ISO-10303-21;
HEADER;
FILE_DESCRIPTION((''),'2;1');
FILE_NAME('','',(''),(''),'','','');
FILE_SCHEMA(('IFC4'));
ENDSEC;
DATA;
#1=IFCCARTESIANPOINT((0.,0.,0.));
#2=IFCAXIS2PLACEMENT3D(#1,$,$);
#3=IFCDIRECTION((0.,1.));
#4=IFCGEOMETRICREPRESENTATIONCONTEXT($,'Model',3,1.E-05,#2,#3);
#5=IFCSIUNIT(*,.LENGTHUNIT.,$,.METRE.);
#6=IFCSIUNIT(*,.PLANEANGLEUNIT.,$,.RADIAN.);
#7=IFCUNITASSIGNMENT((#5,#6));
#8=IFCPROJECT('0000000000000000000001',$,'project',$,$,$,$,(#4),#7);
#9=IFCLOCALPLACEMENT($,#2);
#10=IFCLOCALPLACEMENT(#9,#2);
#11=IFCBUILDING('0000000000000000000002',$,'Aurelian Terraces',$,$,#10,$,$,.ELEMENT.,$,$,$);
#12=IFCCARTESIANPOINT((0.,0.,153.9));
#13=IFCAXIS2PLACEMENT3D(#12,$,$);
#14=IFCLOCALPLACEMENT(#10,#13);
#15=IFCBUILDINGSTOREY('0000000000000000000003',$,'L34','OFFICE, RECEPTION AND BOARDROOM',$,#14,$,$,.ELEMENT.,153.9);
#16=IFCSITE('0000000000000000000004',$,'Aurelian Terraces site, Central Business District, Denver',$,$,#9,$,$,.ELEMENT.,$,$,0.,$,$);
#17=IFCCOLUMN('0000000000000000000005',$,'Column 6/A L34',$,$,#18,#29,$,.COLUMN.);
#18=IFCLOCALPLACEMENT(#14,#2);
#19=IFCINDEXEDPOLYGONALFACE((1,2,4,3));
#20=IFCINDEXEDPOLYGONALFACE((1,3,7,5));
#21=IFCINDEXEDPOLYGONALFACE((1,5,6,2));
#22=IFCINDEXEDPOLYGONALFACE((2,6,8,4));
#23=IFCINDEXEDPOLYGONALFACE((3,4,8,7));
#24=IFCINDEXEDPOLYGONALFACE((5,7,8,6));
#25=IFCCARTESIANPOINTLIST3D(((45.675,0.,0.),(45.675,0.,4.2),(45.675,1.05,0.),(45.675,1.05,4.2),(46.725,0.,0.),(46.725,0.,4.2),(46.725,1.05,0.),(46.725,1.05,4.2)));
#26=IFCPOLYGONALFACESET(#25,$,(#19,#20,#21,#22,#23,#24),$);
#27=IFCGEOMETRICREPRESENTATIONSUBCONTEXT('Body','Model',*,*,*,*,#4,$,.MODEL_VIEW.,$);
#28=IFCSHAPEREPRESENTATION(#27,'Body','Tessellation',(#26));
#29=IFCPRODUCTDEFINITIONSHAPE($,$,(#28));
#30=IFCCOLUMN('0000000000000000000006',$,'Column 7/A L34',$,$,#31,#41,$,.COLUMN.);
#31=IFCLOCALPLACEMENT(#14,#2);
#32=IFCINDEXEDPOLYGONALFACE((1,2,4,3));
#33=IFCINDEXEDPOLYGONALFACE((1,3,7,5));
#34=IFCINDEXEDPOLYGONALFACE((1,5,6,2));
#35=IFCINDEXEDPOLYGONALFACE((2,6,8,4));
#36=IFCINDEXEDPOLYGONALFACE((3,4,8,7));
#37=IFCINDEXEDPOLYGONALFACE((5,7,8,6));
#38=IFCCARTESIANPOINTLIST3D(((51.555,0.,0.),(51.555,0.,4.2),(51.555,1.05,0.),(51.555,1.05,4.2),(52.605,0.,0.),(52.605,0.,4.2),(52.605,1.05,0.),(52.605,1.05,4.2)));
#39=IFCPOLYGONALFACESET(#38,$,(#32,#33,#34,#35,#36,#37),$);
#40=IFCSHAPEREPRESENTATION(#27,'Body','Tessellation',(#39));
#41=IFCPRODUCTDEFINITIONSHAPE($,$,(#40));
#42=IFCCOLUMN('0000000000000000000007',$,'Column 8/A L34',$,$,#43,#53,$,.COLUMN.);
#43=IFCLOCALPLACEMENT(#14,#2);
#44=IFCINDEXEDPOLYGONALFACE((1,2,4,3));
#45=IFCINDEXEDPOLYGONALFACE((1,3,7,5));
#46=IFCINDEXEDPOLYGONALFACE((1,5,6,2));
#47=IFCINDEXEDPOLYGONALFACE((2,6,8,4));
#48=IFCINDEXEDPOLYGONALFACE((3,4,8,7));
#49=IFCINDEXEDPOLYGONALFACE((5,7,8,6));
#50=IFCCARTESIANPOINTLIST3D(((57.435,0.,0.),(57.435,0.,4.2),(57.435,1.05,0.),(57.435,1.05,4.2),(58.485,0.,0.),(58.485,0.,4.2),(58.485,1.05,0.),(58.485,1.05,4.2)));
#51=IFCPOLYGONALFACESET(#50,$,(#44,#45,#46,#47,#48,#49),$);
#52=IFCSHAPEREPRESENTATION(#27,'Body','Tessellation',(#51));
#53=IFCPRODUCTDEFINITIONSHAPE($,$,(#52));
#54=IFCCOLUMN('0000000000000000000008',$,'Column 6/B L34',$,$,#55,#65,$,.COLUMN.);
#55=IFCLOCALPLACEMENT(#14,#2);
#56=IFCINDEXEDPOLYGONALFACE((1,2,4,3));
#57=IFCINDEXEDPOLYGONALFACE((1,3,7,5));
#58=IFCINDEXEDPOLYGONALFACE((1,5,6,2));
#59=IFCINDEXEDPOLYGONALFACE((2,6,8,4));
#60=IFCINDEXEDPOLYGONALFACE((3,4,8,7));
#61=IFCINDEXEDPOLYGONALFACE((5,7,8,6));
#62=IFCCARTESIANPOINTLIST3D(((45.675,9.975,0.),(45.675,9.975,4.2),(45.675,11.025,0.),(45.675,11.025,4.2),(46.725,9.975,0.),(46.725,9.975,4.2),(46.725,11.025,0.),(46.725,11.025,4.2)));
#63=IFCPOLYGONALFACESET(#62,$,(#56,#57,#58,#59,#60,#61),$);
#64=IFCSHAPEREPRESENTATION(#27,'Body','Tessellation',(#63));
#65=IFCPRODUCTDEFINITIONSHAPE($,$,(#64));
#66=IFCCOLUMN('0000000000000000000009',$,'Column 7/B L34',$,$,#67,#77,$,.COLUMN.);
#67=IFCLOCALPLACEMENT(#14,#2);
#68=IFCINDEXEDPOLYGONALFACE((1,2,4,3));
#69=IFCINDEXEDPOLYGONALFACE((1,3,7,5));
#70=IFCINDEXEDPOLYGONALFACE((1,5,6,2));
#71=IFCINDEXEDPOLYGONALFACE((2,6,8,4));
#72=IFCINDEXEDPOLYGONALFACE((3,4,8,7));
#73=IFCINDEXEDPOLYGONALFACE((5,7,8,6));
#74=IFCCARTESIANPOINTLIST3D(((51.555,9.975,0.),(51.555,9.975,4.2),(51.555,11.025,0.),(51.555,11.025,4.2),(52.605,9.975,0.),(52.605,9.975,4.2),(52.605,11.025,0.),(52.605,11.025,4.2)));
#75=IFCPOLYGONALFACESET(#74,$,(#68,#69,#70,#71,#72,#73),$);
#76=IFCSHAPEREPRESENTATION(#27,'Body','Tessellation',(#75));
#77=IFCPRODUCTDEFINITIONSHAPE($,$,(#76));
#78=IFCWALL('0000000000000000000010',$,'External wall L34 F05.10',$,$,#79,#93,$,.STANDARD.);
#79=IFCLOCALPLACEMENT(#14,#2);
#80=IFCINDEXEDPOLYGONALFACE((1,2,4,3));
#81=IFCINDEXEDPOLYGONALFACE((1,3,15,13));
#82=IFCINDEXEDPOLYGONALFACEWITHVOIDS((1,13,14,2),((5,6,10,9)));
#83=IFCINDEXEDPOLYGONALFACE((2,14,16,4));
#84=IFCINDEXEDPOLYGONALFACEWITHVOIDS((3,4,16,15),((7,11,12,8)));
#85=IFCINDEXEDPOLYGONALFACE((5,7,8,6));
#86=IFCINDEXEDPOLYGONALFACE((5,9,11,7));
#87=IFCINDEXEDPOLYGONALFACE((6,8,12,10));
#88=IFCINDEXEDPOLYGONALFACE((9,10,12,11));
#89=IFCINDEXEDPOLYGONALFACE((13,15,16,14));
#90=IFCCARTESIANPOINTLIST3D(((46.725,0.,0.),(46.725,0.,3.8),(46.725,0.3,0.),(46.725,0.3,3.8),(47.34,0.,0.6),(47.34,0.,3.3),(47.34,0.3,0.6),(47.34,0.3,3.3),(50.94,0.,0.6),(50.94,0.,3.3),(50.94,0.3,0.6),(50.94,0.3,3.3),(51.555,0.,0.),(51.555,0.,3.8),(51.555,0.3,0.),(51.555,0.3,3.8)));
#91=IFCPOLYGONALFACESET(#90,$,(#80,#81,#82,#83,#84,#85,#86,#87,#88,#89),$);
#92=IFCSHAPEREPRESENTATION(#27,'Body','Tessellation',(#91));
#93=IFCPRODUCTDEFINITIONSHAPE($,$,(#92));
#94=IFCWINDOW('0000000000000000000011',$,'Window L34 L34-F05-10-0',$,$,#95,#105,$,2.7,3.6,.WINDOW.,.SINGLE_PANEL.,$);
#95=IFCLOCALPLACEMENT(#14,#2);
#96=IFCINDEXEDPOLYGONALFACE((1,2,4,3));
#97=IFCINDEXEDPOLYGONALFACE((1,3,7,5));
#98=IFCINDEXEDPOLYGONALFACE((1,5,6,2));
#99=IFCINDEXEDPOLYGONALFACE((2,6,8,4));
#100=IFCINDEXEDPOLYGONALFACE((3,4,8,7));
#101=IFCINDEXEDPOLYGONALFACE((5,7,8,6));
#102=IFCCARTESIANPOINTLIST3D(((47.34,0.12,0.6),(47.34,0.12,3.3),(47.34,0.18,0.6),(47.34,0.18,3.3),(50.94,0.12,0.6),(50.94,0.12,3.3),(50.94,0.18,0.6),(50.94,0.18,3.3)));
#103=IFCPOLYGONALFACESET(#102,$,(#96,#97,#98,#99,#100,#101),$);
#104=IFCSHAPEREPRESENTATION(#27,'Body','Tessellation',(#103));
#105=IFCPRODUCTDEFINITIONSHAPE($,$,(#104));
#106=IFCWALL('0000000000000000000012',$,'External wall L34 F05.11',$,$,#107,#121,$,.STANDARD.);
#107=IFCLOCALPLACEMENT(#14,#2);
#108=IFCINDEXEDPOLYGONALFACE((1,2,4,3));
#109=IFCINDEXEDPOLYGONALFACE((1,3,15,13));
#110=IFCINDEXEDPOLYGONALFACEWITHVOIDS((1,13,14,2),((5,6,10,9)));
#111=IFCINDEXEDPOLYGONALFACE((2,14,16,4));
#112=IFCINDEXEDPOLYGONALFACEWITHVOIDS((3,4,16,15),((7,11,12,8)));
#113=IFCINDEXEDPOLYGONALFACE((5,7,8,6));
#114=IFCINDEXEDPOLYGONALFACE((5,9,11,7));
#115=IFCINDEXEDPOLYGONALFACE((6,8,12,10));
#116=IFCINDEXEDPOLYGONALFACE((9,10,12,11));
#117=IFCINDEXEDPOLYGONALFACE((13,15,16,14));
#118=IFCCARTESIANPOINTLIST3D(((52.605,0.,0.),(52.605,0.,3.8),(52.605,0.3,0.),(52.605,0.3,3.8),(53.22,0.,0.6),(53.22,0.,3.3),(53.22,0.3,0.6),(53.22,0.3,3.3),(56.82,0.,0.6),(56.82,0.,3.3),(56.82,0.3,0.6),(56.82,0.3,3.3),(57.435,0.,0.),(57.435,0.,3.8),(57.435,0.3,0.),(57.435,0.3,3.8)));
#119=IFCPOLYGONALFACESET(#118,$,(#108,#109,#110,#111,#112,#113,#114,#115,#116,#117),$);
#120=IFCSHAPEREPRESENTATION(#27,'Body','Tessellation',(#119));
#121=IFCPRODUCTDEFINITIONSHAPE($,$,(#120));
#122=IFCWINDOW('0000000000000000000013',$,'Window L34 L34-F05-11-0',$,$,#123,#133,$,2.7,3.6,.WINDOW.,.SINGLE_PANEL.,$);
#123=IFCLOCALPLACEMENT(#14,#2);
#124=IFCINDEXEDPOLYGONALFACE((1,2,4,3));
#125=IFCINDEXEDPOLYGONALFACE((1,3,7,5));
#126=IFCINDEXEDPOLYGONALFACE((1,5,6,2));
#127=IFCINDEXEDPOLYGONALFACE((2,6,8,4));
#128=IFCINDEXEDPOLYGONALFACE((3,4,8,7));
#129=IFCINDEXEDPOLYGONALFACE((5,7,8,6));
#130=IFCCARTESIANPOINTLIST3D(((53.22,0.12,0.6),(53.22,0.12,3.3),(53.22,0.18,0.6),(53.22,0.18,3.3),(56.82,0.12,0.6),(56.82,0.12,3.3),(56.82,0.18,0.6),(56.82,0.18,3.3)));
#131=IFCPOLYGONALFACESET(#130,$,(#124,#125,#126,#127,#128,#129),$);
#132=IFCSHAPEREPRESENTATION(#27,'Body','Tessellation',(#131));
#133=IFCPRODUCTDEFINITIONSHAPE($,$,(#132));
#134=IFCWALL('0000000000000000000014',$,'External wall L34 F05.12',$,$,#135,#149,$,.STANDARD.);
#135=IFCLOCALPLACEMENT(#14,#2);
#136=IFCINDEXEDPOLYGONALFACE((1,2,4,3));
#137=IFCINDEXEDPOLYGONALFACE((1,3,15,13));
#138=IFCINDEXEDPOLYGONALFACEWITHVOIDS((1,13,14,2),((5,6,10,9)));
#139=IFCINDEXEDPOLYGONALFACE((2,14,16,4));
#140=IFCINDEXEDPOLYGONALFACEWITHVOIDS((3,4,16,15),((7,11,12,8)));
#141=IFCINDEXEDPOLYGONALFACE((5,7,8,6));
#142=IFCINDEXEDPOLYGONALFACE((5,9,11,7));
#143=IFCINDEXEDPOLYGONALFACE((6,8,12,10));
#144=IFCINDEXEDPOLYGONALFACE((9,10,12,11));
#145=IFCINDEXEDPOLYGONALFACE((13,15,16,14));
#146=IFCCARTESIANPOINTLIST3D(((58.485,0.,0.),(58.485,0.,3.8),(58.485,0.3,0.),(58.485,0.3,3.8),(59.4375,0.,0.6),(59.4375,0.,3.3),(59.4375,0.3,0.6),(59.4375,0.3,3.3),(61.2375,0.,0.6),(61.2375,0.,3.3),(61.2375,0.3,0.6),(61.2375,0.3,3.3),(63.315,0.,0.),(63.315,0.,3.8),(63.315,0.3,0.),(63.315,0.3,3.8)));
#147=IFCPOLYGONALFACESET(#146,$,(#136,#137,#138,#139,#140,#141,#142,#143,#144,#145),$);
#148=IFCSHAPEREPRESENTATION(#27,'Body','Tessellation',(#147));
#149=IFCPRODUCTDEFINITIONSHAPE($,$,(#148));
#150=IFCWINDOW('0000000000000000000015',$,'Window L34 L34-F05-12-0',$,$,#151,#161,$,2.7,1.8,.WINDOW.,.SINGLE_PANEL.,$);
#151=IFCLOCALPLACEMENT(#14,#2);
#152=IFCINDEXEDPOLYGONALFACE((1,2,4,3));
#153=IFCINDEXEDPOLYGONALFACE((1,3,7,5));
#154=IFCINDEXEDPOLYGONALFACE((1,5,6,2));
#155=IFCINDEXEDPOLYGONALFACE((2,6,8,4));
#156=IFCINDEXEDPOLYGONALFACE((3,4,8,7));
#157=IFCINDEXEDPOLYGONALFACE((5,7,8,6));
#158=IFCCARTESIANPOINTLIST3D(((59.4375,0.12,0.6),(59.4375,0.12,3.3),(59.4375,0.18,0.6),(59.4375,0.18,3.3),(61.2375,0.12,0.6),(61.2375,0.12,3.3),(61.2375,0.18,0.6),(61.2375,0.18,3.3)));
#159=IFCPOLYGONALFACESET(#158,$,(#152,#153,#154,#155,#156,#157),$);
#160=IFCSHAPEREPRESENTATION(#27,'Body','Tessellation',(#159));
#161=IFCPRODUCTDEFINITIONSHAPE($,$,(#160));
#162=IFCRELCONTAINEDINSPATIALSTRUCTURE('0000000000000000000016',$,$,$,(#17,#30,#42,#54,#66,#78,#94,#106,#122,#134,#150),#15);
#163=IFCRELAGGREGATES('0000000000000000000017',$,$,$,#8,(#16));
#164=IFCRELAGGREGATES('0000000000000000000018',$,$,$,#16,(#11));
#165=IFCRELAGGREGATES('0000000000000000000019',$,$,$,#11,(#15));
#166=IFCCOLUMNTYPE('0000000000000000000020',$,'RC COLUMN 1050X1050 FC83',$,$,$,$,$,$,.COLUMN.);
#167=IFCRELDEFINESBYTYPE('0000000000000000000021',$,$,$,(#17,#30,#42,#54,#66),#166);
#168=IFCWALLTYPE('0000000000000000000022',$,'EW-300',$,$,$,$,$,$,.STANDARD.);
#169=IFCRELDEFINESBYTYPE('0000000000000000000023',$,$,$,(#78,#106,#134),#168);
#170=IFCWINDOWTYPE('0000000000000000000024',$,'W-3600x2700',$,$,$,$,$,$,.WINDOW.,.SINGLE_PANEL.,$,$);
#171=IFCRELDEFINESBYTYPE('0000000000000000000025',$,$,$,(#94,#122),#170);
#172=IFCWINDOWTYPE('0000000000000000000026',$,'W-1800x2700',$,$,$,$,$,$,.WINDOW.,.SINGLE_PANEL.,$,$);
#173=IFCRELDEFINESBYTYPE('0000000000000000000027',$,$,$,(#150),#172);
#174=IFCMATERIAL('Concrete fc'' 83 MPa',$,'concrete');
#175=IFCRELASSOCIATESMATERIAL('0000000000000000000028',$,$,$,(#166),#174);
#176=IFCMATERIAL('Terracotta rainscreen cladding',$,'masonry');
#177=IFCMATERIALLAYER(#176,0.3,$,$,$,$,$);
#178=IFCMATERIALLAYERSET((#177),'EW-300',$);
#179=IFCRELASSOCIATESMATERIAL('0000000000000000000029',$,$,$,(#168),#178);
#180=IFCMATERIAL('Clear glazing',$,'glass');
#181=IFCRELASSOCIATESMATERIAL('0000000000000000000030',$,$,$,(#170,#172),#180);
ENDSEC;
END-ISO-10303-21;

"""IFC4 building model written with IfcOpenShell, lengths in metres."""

from ifc_helpers import new_model, si_unit, direction, frame, frame_2d, origin, origin_2d, place, context, subcontext, project, spatial, rectangle, extrude, source, transform, mapped, material, layer, layer_set, material_profile, profile_set, type_object, element, fill, save


model = new_model("IFC4")

# Units and contexts
model_context = context("Model", 3, precision=1e-05, world=origin(), true_north=direction((0.0, 1.0)))
body_context = subcontext(model_context, "Body", "Model", "MODEL_VIEW")
ifc_project = project(units=[si_unit("LENGTHUNIT", "METRE"), si_unit("PLANEANGLEUNIT", "RADIAN")], contexts=[model_context])

# Site, building, storey
site_placement = place(None, origin())
site = spatial("IfcSite", under=ifc_project, at=site_placement, Name="Aurelian Terraces site, Central Business District, Denver", CompositionType="ELEMENT", RefElevation=0.0)
building_placement = place(site_placement, origin())
building = spatial("IfcBuilding", under=site, at=building_placement, Name="Aurelian Terraces", CompositionType="ELEMENT")
storey_placement = place(building_placement, frame((0.0, 0.0, 153.9)))
storey = spatial("IfcBuildingStorey", under=building, at=storey_placement, Name="L34", Description="OFFICE, RECEPTION AND BOARDROOM", CompositionType="ELEMENT", Elevation=153.9)

# Columns
ifc_material_1 = material(Name="Concrete fc' 83 MPa", Category="concrete")
ifc_material_profile = material_profile(ifc_material_1, rectangle(XDim=1.05, YDim=1.05, at=origin_2d()))
ifc_profile_set = profile_set([ifc_material_profile], Name="Concrete fc' 83 MPa")
column_type = type_object("IfcColumnType", Name="RC COLUMN 1050X1050 FC83", PredefinedType="COLUMN", material=ifc_profile_set)
shared_shape_1 = source(origin(), body_context, "Body", "SweptSolid", [
    extrude(rectangle(XDim=1.05, YDim=1.05, at=origin_2d()), origin(), (0.0, 0.0, 1.0), 4.2),
])
for number, where, z_axis, x_axis, name in (
    (1, (46.2, 0.525, 0.0), (0.0, 0.0, 1.0), (1.0, 0.0, 0.0), "Column 6/A L34"),
    (2, (52.08, 0.525, 0.0), (0.0, 0.0, 1.0), (1.0, 0.0, 0.0), "Column 7/A L34"),
    (3, (57.96, 0.525, 0.0), (0.0, 0.0, 1.0), (1.0, 0.0, 0.0), "Column 8/A L34"),
    (4, (46.2, 10.5, 0.0), (0.0, 0.0, 1.0), (1.0, 0.0, 0.0), "Column 6/B L34"),
    (5, (52.08, 10.5, 0.0), (0.0, 0.0, 1.0), (1.0, 0.0, 0.0), "Column 7/B L34"),
):
    element("IfcColumn", number, at=place(storey_placement, frame(where, z_axis=z_axis, x_axis=x_axis)), inside=storey, type_object=column_type, Name=name, PredefinedType="COLUMN", context=body_context, shape_type="MappedRepresentation", body=[
        mapped(shared_shape_1, transform((0.0, 0.0, 0.0), scale=1.0)),
    ])

# Walls, openings, windows
ifc_material_2 = material(Name="Terracotta rainscreen cladding", Category="masonry")
ifc_layer_1 = layer(ifc_material_2, 0.3)
ifc_layer_set_1 = layer_set([ifc_layer_1], Name="EW-300")
wall_type_1 = type_object("IfcWallType", Name="EW-300", PredefinedType="STANDARD", material=ifc_layer_set_1)
shared_shape_2 = source(origin(), body_context, "Body", "SweptSolid", [
    extrude(rectangle(XDim=4.83, YDim=0.3, at=frame_2d((2.415, 0.0))), origin(), (0.0, 0.0, 1.0), 3.8),
])
wall_1_placement = place(storey_placement, frame((46.725, 0.15, 0.0), z_axis=(0.0, 0.0, 1.0), x_axis=(1.0, 0.0, 0.0)))
wall_1 = element("IfcWall", 6, at=wall_1_placement, inside=storey, type_object=wall_type_1, Name="External wall L34 F05.10", PredefinedType="STANDARD", context=body_context, shape_type="MappedRepresentation", body=[
    mapped(shared_shape_2, transform((0.0, 0.0, 0.0), scale=1.0)),
])
shared_shape_3 = source(origin(), body_context, "Body", "SweptSolid", [
    extrude(rectangle(XDim=3.6, YDim=2.7, at=frame_2d((1.8, 1.35))), frame((0.0, 0.16, 0.0), z_axis=(0.0, -1.0, 0.0), x_axis=(1.0, 0.0, 0.0)), (0.0, 0.0, 1.0), 0.32),
])
opening_1_placement = place(wall_1_placement, frame((0.615, 0.0, 0.6)))
opening_1 = element("IfcOpeningElement", 7, at=opening_1_placement, cuts=wall_1, PredefinedType="OPENING", context=body_context, shape_type="MappedRepresentation", body=[
    mapped(shared_shape_3, transform((0.0, 0.0, 0.0), scale=1.0)),
])
ifc_material_3 = material(Name="Clear glazing", Category="glass")
window_type_1 = type_object("IfcWindowType", Name="W-3600x2700", PartitioningType="SINGLE_PANEL", PredefinedType="WINDOW", material=ifc_material_3)
shared_shape_4 = source(origin(), body_context, "Body", "SweptSolid", [
    extrude(rectangle(XDim=3.6, YDim=2.7, at=frame_2d((1.8, 1.35))), frame((0.0, 0.03, 0.0), z_axis=(0.0, -1.0, 0.0), x_axis=(1.0, 0.0, 0.0)), (0.0, 0.0, 1.0), 0.06),
])
window_1_placement = place(opening_1_placement, origin())
window_1 = element("IfcWindow", 8, at=window_1_placement, inside=storey, type_object=window_type_1, Name="Window L34 L34-F05-10-0", OverallHeight=2.7, OverallWidth=3.6, PartitioningType="SINGLE_PANEL", PredefinedType="WINDOW", context=body_context, shape_type="MappedRepresentation", body=[
    mapped(shared_shape_4, transform((0.0, 0.0, 0.0), scale=1.0)),
])
fill(opening_1, window_1)
wall_2_placement = place(storey_placement, frame((52.605, 0.15, 0.0), z_axis=(0.0, 0.0, 1.0), x_axis=(1.0, 0.0, 0.0)))
wall_2 = element("IfcWall", 9, at=wall_2_placement, inside=storey, type_object=wall_type_1, Name="External wall L34 F05.11", PredefinedType="STANDARD", context=body_context, shape_type="MappedRepresentation", body=[
    mapped(shared_shape_2, transform((0.0, 0.0, 0.0), scale=1.0)),
])
opening_2_placement = place(wall_2_placement, frame((0.615, 0.0, 0.6)))
opening_2 = element("IfcOpeningElement", 10, at=opening_2_placement, cuts=wall_2, PredefinedType="OPENING", context=body_context, shape_type="MappedRepresentation", body=[
    mapped(shared_shape_3, transform((0.0, 0.0, 0.0), scale=1.0)),
])
window_2_placement = place(opening_2_placement, origin())
window_2 = element("IfcWindow", 11, at=window_2_placement, inside=storey, type_object=window_type_1, Name="Window L34 L34-F05-11-0", OverallHeight=2.7, OverallWidth=3.6, PartitioningType="SINGLE_PANEL", PredefinedType="WINDOW", context=body_context, shape_type="MappedRepresentation", body=[
    mapped(shared_shape_4, transform((0.0, 0.0, 0.0), scale=1.0)),
])
fill(opening_2, window_2)
wall_3_placement = place(storey_placement, frame((58.485, 0.15, 0.0), z_axis=(0.0, 0.0, 1.0), x_axis=(1.0, 0.0, 0.0)))
wall_3 = element("IfcWall", 12, at=wall_3_placement, inside=storey, type_object=wall_type_1, Name="External wall L34 F05.12", PredefinedType="STANDARD", context=body_context, shape_type="MappedRepresentation", body=[
    mapped(shared_shape_2, transform((0.0, 0.0, 0.0), scale=1.0)),
])
shared_shape_5 = source(origin(), body_context, "Body", "SweptSolid", [
    extrude(rectangle(XDim=1.8, YDim=2.7, at=frame_2d((0.9, 1.35))), frame((0.0, 0.16, 0.0), z_axis=(0.0, -1.0, 0.0), x_axis=(1.0, 0.0, 0.0)), (0.0, 0.0, 1.0), 0.32),
])
opening_3_placement = place(wall_3_placement, frame((0.9525, 0.0, 0.6)))
opening_3 = element("IfcOpeningElement", 13, at=opening_3_placement, cuts=wall_3, PredefinedType="OPENING", context=body_context, shape_type="MappedRepresentation", body=[
    mapped(shared_shape_5, transform((0.0, 0.0, 0.0), scale=1.0)),
])
window_type_2 = type_object("IfcWindowType", Name="W-1800x2700", PartitioningType="SINGLE_PANEL", PredefinedType="WINDOW", material=ifc_material_3)
shared_shape_6 = source(origin(), body_context, "Body", "SweptSolid", [
    extrude(rectangle(XDim=1.8, YDim=2.7, at=frame_2d((0.9, 1.35))), frame((0.0, 0.03, 0.0), z_axis=(0.0, -1.0, 0.0), x_axis=(1.0, 0.0, 0.0)), (0.0, 0.0, 1.0), 0.06),
])
window_3_placement = place(opening_3_placement, origin())
window_3 = element("IfcWindow", 14, at=window_3_placement, inside=storey, type_object=window_type_2, Name="Window L34 L34-F05-12-0", OverallHeight=2.7, OverallWidth=1.8, PartitioningType="SINGLE_PANEL", PredefinedType="WINDOW", context=body_context, shape_type="MappedRepresentation", body=[
    mapped(shared_shape_6, transform((0.0, 0.0, 0.0), scale=1.0)),
])
fill(opening_3, window_3)

save(model, "model.ifc")
